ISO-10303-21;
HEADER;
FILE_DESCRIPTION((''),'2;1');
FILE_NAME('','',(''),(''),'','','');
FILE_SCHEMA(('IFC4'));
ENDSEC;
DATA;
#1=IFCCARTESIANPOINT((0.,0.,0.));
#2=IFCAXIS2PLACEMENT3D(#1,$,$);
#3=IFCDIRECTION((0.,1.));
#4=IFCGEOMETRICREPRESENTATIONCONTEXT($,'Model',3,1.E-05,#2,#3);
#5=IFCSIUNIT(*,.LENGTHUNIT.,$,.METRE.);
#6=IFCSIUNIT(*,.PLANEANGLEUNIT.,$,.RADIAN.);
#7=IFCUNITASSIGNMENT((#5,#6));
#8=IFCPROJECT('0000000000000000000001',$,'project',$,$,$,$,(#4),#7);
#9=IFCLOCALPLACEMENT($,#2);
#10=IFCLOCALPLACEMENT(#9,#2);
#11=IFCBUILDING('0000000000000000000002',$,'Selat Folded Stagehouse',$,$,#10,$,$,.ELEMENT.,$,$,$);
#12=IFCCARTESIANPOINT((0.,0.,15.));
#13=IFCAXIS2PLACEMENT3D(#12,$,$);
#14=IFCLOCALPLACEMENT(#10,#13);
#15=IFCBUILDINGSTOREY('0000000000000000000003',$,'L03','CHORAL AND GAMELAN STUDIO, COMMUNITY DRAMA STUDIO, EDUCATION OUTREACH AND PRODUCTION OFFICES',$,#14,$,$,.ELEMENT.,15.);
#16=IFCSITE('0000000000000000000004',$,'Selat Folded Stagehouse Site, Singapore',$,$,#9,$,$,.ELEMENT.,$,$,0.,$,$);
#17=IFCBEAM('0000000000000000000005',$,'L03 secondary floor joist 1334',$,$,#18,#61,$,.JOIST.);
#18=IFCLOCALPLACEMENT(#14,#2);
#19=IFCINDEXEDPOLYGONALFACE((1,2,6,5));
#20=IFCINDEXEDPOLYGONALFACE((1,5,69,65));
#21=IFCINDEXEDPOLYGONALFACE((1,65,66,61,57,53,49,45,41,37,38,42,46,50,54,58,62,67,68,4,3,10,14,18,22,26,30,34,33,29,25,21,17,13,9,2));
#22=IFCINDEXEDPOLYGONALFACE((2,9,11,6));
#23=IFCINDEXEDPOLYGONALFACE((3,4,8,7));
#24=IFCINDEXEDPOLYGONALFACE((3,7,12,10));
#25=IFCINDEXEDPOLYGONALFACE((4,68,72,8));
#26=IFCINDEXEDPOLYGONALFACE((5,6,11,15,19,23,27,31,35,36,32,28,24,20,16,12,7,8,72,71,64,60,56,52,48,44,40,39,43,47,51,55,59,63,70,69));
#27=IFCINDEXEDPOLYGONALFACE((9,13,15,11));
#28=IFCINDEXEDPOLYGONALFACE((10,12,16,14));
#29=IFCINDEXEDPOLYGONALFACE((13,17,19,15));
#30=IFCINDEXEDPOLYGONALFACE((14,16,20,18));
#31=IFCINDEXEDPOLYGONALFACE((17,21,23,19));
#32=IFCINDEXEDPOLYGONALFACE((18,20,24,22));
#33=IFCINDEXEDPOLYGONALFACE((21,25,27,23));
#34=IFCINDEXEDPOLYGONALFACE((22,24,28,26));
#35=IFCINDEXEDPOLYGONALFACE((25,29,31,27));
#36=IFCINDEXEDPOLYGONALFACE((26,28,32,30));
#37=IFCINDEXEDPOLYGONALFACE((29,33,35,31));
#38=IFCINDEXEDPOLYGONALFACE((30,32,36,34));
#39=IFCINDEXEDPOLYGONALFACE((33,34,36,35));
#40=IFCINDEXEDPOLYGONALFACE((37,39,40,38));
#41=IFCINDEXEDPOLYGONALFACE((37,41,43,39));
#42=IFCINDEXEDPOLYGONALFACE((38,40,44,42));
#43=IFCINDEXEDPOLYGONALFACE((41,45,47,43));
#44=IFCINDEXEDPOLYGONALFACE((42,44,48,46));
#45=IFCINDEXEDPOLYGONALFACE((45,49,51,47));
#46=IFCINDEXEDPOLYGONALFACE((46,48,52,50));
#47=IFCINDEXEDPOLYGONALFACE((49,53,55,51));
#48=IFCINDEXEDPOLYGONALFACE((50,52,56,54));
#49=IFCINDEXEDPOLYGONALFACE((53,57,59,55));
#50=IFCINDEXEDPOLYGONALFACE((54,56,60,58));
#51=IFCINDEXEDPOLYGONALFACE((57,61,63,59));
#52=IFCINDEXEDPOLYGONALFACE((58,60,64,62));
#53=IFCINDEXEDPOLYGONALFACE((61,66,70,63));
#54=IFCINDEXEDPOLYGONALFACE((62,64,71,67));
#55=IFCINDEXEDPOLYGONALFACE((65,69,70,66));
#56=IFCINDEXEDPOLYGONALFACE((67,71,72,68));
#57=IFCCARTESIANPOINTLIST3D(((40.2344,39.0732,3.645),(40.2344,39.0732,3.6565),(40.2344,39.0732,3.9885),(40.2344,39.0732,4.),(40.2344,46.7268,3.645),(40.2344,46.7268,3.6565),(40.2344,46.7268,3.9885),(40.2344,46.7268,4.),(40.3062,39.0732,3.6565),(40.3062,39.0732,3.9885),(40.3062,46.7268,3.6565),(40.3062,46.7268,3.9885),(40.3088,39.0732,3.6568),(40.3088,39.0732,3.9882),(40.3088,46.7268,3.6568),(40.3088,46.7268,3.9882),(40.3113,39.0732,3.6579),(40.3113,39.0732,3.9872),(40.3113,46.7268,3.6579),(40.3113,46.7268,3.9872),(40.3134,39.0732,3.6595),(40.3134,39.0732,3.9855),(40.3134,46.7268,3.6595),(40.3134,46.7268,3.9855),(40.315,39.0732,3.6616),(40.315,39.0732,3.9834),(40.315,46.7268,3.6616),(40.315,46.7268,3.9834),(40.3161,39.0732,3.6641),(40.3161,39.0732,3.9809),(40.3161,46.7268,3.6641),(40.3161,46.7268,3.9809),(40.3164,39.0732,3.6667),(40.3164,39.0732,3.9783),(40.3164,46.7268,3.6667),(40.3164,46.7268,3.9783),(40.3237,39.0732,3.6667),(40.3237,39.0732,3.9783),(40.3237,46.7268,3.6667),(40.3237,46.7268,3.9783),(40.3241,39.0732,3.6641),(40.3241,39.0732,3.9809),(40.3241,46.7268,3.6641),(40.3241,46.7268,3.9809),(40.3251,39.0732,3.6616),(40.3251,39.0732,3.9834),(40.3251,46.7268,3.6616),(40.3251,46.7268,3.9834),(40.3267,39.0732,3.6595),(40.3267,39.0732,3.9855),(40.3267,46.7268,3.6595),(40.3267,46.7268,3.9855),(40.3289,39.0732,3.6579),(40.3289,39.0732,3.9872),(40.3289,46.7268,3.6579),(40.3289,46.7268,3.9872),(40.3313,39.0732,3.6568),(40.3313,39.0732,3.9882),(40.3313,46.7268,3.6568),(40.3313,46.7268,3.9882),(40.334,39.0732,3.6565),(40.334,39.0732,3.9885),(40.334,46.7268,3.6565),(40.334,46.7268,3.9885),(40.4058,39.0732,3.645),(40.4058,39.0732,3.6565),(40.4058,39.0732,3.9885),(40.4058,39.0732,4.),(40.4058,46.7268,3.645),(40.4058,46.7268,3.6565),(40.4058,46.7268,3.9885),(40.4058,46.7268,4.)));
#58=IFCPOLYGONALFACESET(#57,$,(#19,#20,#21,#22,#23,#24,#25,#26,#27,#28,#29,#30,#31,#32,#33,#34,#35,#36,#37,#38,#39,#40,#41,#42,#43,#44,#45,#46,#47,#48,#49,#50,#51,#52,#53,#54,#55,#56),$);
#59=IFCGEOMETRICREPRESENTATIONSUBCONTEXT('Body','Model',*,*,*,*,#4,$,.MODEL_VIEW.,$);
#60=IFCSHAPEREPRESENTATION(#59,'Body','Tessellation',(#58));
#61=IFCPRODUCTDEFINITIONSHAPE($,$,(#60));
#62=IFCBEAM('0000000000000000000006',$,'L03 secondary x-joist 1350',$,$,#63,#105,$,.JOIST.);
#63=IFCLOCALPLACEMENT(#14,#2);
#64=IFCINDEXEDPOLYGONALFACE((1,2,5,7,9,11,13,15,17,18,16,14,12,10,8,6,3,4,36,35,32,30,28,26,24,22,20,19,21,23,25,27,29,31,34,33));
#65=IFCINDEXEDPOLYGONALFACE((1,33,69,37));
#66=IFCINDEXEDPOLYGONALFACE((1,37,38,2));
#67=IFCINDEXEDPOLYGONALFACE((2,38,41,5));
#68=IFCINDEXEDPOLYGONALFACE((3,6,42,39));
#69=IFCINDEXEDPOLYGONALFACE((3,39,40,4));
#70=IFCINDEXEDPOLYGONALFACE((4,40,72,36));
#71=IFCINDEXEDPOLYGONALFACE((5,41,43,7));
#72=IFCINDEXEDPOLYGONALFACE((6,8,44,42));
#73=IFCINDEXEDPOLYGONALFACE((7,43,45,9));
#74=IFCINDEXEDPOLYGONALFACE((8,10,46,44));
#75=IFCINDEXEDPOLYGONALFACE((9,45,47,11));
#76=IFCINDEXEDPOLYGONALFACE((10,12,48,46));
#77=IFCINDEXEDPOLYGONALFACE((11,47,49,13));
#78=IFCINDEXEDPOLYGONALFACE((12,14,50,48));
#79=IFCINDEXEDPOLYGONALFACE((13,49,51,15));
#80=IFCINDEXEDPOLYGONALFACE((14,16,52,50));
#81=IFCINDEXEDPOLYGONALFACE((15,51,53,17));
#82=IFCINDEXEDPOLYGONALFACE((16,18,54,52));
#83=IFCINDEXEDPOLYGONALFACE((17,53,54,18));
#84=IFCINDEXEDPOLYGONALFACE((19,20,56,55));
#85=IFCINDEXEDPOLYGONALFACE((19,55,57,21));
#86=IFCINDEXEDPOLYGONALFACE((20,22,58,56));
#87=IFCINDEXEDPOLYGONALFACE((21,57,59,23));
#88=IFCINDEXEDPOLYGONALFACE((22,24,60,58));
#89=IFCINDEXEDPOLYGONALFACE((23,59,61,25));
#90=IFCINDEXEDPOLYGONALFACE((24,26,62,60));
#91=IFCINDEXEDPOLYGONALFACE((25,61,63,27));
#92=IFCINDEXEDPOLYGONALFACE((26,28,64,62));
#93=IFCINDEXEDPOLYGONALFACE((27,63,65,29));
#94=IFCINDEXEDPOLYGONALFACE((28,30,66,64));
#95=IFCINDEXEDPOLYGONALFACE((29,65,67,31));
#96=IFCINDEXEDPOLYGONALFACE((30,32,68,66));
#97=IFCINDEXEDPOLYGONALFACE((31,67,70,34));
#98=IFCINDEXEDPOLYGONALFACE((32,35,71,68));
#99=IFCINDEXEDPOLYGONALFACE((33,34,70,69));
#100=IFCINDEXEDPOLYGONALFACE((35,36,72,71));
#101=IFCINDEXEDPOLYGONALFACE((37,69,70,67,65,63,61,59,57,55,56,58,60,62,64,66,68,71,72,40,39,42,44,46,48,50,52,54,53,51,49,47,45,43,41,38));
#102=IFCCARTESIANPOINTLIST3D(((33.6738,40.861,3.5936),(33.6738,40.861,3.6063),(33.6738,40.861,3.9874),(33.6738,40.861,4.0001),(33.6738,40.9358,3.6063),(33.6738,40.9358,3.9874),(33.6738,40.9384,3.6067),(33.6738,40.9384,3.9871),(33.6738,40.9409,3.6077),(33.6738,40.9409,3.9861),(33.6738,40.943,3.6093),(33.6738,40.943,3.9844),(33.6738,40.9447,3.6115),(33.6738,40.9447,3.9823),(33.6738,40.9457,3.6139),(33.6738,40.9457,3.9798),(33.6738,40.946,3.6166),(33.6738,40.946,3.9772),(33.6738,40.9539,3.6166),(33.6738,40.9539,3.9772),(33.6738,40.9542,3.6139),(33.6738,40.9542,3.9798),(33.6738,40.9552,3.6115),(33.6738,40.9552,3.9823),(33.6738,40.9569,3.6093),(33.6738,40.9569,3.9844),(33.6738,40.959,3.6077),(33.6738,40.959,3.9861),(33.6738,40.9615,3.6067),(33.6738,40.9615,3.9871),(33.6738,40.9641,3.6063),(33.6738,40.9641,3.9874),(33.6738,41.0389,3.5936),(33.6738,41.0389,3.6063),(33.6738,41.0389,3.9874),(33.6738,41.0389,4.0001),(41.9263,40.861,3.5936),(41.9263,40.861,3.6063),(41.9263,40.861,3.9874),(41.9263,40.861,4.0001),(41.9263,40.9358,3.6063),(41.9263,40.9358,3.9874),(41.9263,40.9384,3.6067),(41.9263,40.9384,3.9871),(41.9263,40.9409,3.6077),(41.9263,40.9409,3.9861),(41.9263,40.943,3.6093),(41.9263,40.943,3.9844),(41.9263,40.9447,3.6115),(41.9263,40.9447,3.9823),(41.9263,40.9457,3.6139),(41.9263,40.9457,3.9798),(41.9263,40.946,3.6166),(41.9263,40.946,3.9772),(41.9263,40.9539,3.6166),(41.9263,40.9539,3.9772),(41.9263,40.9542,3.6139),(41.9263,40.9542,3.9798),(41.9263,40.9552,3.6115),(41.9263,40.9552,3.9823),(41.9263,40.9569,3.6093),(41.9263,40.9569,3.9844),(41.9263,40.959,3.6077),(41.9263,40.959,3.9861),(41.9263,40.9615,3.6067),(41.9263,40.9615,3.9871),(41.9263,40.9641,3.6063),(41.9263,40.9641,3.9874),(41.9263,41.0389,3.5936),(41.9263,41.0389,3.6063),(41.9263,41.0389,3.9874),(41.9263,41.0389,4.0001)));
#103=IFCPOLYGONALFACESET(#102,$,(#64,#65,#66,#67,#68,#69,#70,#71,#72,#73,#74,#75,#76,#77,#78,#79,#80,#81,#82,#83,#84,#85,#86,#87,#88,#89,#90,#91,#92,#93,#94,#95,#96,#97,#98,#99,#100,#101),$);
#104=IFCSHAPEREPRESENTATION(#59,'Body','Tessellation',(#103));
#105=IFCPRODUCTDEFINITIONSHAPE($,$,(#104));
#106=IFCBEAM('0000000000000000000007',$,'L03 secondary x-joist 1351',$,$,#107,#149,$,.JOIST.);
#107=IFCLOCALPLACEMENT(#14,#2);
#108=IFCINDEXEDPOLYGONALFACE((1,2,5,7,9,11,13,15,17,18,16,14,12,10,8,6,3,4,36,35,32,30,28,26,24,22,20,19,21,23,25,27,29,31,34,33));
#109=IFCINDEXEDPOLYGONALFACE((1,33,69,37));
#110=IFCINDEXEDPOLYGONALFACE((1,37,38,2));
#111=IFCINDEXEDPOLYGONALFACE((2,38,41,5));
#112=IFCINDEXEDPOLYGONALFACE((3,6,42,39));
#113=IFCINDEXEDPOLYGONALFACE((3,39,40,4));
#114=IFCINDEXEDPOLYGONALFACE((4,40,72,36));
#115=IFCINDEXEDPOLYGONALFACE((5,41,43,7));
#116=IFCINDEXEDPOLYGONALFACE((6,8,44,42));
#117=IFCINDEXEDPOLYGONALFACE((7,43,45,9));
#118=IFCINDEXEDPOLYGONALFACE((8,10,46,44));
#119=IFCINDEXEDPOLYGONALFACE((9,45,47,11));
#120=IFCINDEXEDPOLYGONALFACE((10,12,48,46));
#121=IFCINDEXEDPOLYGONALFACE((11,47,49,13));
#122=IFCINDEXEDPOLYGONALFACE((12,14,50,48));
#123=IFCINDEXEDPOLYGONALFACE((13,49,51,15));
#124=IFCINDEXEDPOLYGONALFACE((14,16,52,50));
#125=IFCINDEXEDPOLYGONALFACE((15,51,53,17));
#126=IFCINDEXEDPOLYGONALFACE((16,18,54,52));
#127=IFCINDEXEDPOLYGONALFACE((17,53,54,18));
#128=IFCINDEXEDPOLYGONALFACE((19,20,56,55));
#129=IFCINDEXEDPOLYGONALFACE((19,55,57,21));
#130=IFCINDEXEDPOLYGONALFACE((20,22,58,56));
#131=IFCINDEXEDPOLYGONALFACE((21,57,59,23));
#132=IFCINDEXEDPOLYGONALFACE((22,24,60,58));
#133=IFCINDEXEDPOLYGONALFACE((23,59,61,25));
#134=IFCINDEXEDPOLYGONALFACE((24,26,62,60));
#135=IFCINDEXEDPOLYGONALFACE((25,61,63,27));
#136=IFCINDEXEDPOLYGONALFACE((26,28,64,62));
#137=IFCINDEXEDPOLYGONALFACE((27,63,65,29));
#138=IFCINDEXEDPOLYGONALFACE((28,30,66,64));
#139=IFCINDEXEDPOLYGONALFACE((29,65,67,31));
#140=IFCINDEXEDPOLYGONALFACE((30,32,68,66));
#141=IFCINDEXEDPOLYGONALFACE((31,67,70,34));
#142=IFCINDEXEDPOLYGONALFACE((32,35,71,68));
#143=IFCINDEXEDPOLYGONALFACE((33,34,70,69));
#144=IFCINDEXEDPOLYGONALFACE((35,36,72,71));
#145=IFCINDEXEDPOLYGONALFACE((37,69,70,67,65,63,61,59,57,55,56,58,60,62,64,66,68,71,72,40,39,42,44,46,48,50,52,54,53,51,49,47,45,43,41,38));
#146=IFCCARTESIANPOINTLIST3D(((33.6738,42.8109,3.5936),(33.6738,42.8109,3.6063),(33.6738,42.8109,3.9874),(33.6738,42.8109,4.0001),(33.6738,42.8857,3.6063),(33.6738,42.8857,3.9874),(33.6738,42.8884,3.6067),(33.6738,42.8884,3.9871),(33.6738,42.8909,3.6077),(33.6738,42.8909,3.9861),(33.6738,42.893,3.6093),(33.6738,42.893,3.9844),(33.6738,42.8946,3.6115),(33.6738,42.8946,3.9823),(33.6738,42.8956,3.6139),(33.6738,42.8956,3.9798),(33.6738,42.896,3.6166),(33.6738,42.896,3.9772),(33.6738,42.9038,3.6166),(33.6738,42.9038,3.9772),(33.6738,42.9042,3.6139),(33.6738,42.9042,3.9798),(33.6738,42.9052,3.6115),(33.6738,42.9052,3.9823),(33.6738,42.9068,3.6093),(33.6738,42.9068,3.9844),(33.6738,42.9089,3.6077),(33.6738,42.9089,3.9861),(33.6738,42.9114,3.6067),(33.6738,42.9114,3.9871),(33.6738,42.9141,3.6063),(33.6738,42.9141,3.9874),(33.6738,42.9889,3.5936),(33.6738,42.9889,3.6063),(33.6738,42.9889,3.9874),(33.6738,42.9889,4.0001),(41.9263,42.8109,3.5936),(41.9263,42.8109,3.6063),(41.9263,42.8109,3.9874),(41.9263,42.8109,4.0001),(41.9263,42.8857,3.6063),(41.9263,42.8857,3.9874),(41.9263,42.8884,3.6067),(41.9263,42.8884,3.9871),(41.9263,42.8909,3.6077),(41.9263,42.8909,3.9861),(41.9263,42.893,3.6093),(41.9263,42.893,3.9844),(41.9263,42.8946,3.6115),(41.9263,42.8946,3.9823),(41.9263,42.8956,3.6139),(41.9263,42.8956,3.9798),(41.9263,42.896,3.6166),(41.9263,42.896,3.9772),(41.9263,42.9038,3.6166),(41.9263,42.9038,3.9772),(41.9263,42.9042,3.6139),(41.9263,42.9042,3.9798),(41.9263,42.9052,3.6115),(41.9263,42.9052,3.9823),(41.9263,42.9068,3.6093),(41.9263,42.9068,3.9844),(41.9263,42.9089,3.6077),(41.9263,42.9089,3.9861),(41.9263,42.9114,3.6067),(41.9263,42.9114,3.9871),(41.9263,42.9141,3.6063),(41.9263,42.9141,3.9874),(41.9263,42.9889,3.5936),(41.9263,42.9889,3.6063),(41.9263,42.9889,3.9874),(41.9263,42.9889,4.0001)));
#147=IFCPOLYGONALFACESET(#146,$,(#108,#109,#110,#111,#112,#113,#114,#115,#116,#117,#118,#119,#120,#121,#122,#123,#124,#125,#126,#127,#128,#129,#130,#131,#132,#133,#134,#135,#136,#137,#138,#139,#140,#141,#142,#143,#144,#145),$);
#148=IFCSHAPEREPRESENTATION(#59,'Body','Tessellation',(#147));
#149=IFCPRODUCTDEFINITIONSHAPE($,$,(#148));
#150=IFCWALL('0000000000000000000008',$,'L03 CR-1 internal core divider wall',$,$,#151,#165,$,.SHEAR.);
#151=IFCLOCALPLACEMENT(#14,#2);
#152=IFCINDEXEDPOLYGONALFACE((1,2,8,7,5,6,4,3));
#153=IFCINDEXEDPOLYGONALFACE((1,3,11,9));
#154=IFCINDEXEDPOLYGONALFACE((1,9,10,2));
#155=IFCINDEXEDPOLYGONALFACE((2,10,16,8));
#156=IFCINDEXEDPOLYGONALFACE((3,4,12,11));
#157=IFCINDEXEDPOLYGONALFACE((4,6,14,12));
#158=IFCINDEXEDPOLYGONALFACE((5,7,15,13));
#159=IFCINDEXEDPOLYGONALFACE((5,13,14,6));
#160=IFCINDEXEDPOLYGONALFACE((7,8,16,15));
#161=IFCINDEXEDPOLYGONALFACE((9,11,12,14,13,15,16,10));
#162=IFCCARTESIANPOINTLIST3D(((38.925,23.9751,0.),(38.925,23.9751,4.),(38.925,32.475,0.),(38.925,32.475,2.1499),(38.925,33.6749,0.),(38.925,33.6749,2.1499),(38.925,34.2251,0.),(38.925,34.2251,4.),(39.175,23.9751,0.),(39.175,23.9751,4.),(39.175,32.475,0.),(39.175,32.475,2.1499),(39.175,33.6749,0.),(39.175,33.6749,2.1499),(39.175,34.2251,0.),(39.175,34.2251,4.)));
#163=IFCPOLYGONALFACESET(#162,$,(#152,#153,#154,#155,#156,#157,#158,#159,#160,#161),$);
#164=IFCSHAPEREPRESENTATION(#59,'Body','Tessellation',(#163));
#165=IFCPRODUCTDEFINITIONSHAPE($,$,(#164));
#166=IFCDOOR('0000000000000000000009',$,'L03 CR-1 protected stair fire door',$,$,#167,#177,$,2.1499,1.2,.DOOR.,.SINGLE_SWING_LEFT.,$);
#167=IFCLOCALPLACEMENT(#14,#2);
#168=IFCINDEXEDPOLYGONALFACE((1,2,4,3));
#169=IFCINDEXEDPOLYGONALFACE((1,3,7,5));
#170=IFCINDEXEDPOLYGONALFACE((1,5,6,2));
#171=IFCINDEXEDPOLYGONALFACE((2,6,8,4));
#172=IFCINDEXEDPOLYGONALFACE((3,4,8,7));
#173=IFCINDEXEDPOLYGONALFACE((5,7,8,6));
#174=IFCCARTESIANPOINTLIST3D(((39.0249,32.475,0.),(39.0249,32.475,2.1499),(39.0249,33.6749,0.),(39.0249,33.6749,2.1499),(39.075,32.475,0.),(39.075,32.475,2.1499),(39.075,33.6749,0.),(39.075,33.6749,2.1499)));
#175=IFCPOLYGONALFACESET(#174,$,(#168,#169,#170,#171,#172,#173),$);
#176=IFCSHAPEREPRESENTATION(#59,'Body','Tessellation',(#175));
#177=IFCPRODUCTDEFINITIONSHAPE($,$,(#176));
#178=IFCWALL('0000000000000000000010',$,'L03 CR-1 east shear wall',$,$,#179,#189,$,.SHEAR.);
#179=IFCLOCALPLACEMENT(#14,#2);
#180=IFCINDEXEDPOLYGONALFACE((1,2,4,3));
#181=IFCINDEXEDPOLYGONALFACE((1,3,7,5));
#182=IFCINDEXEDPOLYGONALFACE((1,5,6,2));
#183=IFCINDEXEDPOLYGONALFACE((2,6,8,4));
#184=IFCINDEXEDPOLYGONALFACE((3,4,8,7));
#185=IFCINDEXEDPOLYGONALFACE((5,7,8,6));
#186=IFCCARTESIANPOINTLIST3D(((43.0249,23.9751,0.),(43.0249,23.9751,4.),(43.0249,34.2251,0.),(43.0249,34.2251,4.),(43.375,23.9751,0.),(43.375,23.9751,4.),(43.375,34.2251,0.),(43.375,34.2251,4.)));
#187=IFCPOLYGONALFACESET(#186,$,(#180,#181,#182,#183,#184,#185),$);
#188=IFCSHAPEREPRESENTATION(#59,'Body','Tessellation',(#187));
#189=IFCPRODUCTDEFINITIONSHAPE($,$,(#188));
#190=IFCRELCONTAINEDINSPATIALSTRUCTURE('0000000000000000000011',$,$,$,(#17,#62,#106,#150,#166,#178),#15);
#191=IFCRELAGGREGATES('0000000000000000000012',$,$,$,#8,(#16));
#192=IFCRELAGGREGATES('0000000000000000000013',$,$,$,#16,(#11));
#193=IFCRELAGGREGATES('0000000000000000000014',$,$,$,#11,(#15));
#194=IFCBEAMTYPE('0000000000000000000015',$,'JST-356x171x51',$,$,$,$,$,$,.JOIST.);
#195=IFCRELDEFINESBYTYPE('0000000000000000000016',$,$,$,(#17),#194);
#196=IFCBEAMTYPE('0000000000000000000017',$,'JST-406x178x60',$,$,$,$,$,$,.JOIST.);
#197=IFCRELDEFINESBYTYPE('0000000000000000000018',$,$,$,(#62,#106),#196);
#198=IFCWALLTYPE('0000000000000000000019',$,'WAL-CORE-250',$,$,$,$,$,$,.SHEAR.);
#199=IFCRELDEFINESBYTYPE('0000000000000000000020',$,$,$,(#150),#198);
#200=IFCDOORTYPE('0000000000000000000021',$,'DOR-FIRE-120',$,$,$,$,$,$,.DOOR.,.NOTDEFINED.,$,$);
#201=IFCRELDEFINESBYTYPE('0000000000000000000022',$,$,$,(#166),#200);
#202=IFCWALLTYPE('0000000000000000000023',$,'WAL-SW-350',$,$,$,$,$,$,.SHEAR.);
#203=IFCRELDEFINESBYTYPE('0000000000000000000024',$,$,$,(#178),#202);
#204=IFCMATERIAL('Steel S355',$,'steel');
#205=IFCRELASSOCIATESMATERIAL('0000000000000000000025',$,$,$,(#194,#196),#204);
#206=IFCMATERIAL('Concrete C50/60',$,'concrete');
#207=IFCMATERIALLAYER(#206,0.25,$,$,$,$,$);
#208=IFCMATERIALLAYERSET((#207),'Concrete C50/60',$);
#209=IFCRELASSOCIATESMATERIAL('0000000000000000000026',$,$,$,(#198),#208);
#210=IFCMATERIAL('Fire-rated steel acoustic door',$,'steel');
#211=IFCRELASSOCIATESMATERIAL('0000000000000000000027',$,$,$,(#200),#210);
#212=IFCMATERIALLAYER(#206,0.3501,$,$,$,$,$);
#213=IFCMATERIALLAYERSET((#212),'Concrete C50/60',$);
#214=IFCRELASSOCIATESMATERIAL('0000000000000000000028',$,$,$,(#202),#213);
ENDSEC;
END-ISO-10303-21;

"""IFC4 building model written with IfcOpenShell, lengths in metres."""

from ifc_helpers import new_model, si_unit, direction, frame, frame_2d, origin, origin_2d, place, context, subcontext, project, spatial, rectangle, i_section, extrude, material, layer, layer_set, material_profile, profile_set, type_object, element, fill, save


model = new_model("IFC4")

# Units and contexts
model_context = context("Model", 3, precision=1e-05, world=origin(), true_north=direction((0.0, 1.0)))
body_context = subcontext(model_context, "Body", "Model", "MODEL_VIEW")
ifc_project = project(units=[si_unit("LENGTHUNIT", "METRE"), si_unit("PLANEANGLEUNIT", "RADIAN")], contexts=[model_context])

# Site, building, storey
site_placement = place(None, origin())
site = spatial("IfcSite", under=ifc_project, at=site_placement, Name="Selat Folded Stagehouse Site, Singapore", CompositionType="ELEMENT", RefElevation=0.0)
building_placement = place(site_placement, origin())
building = spatial("IfcBuilding", under=site, at=building_placement, Name="Selat Folded Stagehouse", CompositionType="ELEMENT")
storey_placement = place(building_placement, frame((0.0, 0.0, 15.0)))
storey = spatial("IfcBuildingStorey", under=building, at=storey_placement, Name="L03", Description="CHORAL AND GAMELAN STUDIO, COMMUNITY DRAMA STUDIO, EDUCATION OUTREACH AND PRODUCTION OFFICES", CompositionType="ELEMENT", Elevation=15.0)

# Shared definitions
ifc_material_1 = material(Name="Steel S355", Category="steel")

# Beams
ifc_material_profile_1 = material_profile(ifc_material_1, i_section(OverallWidth=0.1714, OverallDepth=0.355, WebThickness=0.0073, FlangeThickness=0.0115, FilletRadius=0.0103, at=origin_2d()), Name="UKB 356x171x51")
ifc_profile_set_1 = profile_set([ifc_material_profile_1], Name="Steel S355")
beam_type_1 = type_object("IfcBeamType", Name="JST-356x171x51", PredefinedType="JOIST", material=ifc_profile_set_1)
for number, where, z_axis, x_axis, name in (
    (1, (40.3201, 39.0732, 3.8225), (0.0, 1.0, 0.0), (-1.0, 0.0, 0.0), "L03 secondary floor joist 1334"),
):
    element("IfcBeam", number, at=place(storey_placement, frame(where, z_axis=z_axis, x_axis=x_axis)), inside=storey, type_object=beam_type_1, Name=name, PredefinedType="JOIST", context=body_context, shape_type="SweptSolid", body=[
        extrude(i_section(OverallWidth=0.1714, OverallDepth=0.355, WebThickness=0.0073, FlangeThickness=0.0115, FilletRadius=0.0103, at=origin_2d()), origin(), (0.0, 0.0, 1.0), 7.6536),
    ])
ifc_material_profile_2 = material_profile(ifc_material_1, i_section(OverallWidth=0.178, OverallDepth=0.4065, WebThickness=0.0078, FlangeThickness=0.0127, FilletRadius=0.0103, at=origin_2d()), Name="UKB 406x178x60")
ifc_profile_set_2 = profile_set([ifc_material_profile_2], Name="Steel S355")
beam_type_2 = type_object("IfcBeamType", Name="JST-406x178x60", PredefinedType="JOIST", material=ifc_profile_set_2)
for number, where, z_axis, x_axis, name in (
    (2, (33.6738, 40.95, 3.7969), (1.0, 0.0, 0.0), (0.0, 1.0, 0.0), "L03 secondary x-joist 1350"),
    (3, (33.6738, 42.8999, 3.7969), (1.0, 0.0, 0.0), (0.0, 1.0, 0.0), "L03 secondary x-joist 1351"),
):
    element("IfcBeam", number, at=place(storey_placement, frame(where, z_axis=z_axis, x_axis=x_axis)), inside=storey, type_object=beam_type_2, Name=name, PredefinedType="JOIST", context=body_context, shape_type="SweptSolid", body=[
        extrude(i_section(OverallWidth=0.178, OverallDepth=0.4065, WebThickness=0.0078, FlangeThickness=0.0127, FilletRadius=0.0103, at=origin_2d()), origin(), (0.0, 0.0, 1.0), 8.2524),
    ])

# Wall, opening, door
ifc_material_2 = material(Name="Concrete C50/60", Category="concrete")
ifc_layer_1 = layer(ifc_material_2, 0.25)
ifc_layer_set_1 = layer_set([ifc_layer_1], Name="Concrete C50/60")
wall_type_1 = type_object("IfcWallType", Name="WAL-CORE-250", PredefinedType="SHEAR", material=ifc_layer_set_1)
wall_1_placement = place(storey_placement, frame((39.05, 34.2251, 0.0), z_axis=(0.0, 0.0, 1.0), x_axis=(0.0, -1.0, 0.0)))
wall_1 = element("IfcWall", 4, at=wall_1_placement, inside=storey, type_object=wall_type_1, Name="L03 CR-1 internal core divider wall", PredefinedType="SHEAR", context=body_context, shape_type="SweptSolid", body=[
    extrude(rectangle(XDim=10.25, YDim=0.25, at=frame_2d((5.125, 0.0))), origin(), (0.0, 0.0, 1.0), 4.0),
])
opening_1_placement = place(wall_1_placement, frame((0.55, 0.0, 0.0)))
opening_1 = element("IfcOpeningElement", 5, at=opening_1_placement, cuts=wall_1, PredefinedType="OPENING", context=body_context, shape_type="SweptSolid", body=[
    extrude(rectangle(XDim=1.2, YDim=2.1499, at=frame_2d((0.6001, 1.075))), frame((0.0, 0.135, 0.0), z_axis=(0.0, -1.0, 0.0), x_axis=(1.0, 0.0, 0.0)), (0.0, 0.0, 1.0), 0.27),
])
ifc_material_3 = material(Name="Fire-rated steel acoustic door", Category="steel")
door_type_1 = type_object("IfcDoorType", Name="DOR-FIRE-120", OperationType="NOTDEFINED", PredefinedType="DOOR", material=ifc_material_3)
door_1_placement = place(opening_1_placement, origin())
door_1 = element("IfcDoor", 6, at=door_1_placement, inside=storey, type_object=door_type_1, Name="L03 CR-1 protected stair fire door", OperationType="SINGLE_SWING_LEFT", OverallHeight=2.1499, OverallWidth=1.2, PredefinedType="DOOR", context=body_context, shape_type="SweptSolid", body=[
    extrude(rectangle(XDim=1.2, YDim=2.1499, at=frame_2d((0.6001, 1.075))), frame((0.0, 0.0249, 0.0), z_axis=(0.0, -1.0, 0.0), x_axis=(1.0, 0.0, 0.0)), (0.0, 0.0, 1.0), 0.05),
])
fill(opening_1, door_1)
ifc_layer_2 = layer(ifc_material_2, 0.3501)
ifc_layer_set_2 = layer_set([ifc_layer_2], Name="Concrete C50/60")
wall_type_2 = type_object("IfcWallType", Name="WAL-SW-350", PredefinedType="SHEAR", material=ifc_layer_set_2)

# Wall
wall_2_placement = place(storey_placement, frame((43.2, 34.2251, 0.0), z_axis=(0.0, 0.0, 1.0), x_axis=(0.0, -1.0, 0.0)))
element("IfcWall", 7, at=wall_2_placement, inside=storey, type_object=wall_type_2, Name="L03 CR-1 east shear wall", PredefinedType="SHEAR", context=body_context, shape_type="SweptSolid", body=[
    extrude(rectangle(XDim=10.25, YDim=0.3501, at=frame_2d((5.125, 0.0))), origin(), (0.0, 0.0, 1.0), 4.0),
])

save(model, "model.ifc")
